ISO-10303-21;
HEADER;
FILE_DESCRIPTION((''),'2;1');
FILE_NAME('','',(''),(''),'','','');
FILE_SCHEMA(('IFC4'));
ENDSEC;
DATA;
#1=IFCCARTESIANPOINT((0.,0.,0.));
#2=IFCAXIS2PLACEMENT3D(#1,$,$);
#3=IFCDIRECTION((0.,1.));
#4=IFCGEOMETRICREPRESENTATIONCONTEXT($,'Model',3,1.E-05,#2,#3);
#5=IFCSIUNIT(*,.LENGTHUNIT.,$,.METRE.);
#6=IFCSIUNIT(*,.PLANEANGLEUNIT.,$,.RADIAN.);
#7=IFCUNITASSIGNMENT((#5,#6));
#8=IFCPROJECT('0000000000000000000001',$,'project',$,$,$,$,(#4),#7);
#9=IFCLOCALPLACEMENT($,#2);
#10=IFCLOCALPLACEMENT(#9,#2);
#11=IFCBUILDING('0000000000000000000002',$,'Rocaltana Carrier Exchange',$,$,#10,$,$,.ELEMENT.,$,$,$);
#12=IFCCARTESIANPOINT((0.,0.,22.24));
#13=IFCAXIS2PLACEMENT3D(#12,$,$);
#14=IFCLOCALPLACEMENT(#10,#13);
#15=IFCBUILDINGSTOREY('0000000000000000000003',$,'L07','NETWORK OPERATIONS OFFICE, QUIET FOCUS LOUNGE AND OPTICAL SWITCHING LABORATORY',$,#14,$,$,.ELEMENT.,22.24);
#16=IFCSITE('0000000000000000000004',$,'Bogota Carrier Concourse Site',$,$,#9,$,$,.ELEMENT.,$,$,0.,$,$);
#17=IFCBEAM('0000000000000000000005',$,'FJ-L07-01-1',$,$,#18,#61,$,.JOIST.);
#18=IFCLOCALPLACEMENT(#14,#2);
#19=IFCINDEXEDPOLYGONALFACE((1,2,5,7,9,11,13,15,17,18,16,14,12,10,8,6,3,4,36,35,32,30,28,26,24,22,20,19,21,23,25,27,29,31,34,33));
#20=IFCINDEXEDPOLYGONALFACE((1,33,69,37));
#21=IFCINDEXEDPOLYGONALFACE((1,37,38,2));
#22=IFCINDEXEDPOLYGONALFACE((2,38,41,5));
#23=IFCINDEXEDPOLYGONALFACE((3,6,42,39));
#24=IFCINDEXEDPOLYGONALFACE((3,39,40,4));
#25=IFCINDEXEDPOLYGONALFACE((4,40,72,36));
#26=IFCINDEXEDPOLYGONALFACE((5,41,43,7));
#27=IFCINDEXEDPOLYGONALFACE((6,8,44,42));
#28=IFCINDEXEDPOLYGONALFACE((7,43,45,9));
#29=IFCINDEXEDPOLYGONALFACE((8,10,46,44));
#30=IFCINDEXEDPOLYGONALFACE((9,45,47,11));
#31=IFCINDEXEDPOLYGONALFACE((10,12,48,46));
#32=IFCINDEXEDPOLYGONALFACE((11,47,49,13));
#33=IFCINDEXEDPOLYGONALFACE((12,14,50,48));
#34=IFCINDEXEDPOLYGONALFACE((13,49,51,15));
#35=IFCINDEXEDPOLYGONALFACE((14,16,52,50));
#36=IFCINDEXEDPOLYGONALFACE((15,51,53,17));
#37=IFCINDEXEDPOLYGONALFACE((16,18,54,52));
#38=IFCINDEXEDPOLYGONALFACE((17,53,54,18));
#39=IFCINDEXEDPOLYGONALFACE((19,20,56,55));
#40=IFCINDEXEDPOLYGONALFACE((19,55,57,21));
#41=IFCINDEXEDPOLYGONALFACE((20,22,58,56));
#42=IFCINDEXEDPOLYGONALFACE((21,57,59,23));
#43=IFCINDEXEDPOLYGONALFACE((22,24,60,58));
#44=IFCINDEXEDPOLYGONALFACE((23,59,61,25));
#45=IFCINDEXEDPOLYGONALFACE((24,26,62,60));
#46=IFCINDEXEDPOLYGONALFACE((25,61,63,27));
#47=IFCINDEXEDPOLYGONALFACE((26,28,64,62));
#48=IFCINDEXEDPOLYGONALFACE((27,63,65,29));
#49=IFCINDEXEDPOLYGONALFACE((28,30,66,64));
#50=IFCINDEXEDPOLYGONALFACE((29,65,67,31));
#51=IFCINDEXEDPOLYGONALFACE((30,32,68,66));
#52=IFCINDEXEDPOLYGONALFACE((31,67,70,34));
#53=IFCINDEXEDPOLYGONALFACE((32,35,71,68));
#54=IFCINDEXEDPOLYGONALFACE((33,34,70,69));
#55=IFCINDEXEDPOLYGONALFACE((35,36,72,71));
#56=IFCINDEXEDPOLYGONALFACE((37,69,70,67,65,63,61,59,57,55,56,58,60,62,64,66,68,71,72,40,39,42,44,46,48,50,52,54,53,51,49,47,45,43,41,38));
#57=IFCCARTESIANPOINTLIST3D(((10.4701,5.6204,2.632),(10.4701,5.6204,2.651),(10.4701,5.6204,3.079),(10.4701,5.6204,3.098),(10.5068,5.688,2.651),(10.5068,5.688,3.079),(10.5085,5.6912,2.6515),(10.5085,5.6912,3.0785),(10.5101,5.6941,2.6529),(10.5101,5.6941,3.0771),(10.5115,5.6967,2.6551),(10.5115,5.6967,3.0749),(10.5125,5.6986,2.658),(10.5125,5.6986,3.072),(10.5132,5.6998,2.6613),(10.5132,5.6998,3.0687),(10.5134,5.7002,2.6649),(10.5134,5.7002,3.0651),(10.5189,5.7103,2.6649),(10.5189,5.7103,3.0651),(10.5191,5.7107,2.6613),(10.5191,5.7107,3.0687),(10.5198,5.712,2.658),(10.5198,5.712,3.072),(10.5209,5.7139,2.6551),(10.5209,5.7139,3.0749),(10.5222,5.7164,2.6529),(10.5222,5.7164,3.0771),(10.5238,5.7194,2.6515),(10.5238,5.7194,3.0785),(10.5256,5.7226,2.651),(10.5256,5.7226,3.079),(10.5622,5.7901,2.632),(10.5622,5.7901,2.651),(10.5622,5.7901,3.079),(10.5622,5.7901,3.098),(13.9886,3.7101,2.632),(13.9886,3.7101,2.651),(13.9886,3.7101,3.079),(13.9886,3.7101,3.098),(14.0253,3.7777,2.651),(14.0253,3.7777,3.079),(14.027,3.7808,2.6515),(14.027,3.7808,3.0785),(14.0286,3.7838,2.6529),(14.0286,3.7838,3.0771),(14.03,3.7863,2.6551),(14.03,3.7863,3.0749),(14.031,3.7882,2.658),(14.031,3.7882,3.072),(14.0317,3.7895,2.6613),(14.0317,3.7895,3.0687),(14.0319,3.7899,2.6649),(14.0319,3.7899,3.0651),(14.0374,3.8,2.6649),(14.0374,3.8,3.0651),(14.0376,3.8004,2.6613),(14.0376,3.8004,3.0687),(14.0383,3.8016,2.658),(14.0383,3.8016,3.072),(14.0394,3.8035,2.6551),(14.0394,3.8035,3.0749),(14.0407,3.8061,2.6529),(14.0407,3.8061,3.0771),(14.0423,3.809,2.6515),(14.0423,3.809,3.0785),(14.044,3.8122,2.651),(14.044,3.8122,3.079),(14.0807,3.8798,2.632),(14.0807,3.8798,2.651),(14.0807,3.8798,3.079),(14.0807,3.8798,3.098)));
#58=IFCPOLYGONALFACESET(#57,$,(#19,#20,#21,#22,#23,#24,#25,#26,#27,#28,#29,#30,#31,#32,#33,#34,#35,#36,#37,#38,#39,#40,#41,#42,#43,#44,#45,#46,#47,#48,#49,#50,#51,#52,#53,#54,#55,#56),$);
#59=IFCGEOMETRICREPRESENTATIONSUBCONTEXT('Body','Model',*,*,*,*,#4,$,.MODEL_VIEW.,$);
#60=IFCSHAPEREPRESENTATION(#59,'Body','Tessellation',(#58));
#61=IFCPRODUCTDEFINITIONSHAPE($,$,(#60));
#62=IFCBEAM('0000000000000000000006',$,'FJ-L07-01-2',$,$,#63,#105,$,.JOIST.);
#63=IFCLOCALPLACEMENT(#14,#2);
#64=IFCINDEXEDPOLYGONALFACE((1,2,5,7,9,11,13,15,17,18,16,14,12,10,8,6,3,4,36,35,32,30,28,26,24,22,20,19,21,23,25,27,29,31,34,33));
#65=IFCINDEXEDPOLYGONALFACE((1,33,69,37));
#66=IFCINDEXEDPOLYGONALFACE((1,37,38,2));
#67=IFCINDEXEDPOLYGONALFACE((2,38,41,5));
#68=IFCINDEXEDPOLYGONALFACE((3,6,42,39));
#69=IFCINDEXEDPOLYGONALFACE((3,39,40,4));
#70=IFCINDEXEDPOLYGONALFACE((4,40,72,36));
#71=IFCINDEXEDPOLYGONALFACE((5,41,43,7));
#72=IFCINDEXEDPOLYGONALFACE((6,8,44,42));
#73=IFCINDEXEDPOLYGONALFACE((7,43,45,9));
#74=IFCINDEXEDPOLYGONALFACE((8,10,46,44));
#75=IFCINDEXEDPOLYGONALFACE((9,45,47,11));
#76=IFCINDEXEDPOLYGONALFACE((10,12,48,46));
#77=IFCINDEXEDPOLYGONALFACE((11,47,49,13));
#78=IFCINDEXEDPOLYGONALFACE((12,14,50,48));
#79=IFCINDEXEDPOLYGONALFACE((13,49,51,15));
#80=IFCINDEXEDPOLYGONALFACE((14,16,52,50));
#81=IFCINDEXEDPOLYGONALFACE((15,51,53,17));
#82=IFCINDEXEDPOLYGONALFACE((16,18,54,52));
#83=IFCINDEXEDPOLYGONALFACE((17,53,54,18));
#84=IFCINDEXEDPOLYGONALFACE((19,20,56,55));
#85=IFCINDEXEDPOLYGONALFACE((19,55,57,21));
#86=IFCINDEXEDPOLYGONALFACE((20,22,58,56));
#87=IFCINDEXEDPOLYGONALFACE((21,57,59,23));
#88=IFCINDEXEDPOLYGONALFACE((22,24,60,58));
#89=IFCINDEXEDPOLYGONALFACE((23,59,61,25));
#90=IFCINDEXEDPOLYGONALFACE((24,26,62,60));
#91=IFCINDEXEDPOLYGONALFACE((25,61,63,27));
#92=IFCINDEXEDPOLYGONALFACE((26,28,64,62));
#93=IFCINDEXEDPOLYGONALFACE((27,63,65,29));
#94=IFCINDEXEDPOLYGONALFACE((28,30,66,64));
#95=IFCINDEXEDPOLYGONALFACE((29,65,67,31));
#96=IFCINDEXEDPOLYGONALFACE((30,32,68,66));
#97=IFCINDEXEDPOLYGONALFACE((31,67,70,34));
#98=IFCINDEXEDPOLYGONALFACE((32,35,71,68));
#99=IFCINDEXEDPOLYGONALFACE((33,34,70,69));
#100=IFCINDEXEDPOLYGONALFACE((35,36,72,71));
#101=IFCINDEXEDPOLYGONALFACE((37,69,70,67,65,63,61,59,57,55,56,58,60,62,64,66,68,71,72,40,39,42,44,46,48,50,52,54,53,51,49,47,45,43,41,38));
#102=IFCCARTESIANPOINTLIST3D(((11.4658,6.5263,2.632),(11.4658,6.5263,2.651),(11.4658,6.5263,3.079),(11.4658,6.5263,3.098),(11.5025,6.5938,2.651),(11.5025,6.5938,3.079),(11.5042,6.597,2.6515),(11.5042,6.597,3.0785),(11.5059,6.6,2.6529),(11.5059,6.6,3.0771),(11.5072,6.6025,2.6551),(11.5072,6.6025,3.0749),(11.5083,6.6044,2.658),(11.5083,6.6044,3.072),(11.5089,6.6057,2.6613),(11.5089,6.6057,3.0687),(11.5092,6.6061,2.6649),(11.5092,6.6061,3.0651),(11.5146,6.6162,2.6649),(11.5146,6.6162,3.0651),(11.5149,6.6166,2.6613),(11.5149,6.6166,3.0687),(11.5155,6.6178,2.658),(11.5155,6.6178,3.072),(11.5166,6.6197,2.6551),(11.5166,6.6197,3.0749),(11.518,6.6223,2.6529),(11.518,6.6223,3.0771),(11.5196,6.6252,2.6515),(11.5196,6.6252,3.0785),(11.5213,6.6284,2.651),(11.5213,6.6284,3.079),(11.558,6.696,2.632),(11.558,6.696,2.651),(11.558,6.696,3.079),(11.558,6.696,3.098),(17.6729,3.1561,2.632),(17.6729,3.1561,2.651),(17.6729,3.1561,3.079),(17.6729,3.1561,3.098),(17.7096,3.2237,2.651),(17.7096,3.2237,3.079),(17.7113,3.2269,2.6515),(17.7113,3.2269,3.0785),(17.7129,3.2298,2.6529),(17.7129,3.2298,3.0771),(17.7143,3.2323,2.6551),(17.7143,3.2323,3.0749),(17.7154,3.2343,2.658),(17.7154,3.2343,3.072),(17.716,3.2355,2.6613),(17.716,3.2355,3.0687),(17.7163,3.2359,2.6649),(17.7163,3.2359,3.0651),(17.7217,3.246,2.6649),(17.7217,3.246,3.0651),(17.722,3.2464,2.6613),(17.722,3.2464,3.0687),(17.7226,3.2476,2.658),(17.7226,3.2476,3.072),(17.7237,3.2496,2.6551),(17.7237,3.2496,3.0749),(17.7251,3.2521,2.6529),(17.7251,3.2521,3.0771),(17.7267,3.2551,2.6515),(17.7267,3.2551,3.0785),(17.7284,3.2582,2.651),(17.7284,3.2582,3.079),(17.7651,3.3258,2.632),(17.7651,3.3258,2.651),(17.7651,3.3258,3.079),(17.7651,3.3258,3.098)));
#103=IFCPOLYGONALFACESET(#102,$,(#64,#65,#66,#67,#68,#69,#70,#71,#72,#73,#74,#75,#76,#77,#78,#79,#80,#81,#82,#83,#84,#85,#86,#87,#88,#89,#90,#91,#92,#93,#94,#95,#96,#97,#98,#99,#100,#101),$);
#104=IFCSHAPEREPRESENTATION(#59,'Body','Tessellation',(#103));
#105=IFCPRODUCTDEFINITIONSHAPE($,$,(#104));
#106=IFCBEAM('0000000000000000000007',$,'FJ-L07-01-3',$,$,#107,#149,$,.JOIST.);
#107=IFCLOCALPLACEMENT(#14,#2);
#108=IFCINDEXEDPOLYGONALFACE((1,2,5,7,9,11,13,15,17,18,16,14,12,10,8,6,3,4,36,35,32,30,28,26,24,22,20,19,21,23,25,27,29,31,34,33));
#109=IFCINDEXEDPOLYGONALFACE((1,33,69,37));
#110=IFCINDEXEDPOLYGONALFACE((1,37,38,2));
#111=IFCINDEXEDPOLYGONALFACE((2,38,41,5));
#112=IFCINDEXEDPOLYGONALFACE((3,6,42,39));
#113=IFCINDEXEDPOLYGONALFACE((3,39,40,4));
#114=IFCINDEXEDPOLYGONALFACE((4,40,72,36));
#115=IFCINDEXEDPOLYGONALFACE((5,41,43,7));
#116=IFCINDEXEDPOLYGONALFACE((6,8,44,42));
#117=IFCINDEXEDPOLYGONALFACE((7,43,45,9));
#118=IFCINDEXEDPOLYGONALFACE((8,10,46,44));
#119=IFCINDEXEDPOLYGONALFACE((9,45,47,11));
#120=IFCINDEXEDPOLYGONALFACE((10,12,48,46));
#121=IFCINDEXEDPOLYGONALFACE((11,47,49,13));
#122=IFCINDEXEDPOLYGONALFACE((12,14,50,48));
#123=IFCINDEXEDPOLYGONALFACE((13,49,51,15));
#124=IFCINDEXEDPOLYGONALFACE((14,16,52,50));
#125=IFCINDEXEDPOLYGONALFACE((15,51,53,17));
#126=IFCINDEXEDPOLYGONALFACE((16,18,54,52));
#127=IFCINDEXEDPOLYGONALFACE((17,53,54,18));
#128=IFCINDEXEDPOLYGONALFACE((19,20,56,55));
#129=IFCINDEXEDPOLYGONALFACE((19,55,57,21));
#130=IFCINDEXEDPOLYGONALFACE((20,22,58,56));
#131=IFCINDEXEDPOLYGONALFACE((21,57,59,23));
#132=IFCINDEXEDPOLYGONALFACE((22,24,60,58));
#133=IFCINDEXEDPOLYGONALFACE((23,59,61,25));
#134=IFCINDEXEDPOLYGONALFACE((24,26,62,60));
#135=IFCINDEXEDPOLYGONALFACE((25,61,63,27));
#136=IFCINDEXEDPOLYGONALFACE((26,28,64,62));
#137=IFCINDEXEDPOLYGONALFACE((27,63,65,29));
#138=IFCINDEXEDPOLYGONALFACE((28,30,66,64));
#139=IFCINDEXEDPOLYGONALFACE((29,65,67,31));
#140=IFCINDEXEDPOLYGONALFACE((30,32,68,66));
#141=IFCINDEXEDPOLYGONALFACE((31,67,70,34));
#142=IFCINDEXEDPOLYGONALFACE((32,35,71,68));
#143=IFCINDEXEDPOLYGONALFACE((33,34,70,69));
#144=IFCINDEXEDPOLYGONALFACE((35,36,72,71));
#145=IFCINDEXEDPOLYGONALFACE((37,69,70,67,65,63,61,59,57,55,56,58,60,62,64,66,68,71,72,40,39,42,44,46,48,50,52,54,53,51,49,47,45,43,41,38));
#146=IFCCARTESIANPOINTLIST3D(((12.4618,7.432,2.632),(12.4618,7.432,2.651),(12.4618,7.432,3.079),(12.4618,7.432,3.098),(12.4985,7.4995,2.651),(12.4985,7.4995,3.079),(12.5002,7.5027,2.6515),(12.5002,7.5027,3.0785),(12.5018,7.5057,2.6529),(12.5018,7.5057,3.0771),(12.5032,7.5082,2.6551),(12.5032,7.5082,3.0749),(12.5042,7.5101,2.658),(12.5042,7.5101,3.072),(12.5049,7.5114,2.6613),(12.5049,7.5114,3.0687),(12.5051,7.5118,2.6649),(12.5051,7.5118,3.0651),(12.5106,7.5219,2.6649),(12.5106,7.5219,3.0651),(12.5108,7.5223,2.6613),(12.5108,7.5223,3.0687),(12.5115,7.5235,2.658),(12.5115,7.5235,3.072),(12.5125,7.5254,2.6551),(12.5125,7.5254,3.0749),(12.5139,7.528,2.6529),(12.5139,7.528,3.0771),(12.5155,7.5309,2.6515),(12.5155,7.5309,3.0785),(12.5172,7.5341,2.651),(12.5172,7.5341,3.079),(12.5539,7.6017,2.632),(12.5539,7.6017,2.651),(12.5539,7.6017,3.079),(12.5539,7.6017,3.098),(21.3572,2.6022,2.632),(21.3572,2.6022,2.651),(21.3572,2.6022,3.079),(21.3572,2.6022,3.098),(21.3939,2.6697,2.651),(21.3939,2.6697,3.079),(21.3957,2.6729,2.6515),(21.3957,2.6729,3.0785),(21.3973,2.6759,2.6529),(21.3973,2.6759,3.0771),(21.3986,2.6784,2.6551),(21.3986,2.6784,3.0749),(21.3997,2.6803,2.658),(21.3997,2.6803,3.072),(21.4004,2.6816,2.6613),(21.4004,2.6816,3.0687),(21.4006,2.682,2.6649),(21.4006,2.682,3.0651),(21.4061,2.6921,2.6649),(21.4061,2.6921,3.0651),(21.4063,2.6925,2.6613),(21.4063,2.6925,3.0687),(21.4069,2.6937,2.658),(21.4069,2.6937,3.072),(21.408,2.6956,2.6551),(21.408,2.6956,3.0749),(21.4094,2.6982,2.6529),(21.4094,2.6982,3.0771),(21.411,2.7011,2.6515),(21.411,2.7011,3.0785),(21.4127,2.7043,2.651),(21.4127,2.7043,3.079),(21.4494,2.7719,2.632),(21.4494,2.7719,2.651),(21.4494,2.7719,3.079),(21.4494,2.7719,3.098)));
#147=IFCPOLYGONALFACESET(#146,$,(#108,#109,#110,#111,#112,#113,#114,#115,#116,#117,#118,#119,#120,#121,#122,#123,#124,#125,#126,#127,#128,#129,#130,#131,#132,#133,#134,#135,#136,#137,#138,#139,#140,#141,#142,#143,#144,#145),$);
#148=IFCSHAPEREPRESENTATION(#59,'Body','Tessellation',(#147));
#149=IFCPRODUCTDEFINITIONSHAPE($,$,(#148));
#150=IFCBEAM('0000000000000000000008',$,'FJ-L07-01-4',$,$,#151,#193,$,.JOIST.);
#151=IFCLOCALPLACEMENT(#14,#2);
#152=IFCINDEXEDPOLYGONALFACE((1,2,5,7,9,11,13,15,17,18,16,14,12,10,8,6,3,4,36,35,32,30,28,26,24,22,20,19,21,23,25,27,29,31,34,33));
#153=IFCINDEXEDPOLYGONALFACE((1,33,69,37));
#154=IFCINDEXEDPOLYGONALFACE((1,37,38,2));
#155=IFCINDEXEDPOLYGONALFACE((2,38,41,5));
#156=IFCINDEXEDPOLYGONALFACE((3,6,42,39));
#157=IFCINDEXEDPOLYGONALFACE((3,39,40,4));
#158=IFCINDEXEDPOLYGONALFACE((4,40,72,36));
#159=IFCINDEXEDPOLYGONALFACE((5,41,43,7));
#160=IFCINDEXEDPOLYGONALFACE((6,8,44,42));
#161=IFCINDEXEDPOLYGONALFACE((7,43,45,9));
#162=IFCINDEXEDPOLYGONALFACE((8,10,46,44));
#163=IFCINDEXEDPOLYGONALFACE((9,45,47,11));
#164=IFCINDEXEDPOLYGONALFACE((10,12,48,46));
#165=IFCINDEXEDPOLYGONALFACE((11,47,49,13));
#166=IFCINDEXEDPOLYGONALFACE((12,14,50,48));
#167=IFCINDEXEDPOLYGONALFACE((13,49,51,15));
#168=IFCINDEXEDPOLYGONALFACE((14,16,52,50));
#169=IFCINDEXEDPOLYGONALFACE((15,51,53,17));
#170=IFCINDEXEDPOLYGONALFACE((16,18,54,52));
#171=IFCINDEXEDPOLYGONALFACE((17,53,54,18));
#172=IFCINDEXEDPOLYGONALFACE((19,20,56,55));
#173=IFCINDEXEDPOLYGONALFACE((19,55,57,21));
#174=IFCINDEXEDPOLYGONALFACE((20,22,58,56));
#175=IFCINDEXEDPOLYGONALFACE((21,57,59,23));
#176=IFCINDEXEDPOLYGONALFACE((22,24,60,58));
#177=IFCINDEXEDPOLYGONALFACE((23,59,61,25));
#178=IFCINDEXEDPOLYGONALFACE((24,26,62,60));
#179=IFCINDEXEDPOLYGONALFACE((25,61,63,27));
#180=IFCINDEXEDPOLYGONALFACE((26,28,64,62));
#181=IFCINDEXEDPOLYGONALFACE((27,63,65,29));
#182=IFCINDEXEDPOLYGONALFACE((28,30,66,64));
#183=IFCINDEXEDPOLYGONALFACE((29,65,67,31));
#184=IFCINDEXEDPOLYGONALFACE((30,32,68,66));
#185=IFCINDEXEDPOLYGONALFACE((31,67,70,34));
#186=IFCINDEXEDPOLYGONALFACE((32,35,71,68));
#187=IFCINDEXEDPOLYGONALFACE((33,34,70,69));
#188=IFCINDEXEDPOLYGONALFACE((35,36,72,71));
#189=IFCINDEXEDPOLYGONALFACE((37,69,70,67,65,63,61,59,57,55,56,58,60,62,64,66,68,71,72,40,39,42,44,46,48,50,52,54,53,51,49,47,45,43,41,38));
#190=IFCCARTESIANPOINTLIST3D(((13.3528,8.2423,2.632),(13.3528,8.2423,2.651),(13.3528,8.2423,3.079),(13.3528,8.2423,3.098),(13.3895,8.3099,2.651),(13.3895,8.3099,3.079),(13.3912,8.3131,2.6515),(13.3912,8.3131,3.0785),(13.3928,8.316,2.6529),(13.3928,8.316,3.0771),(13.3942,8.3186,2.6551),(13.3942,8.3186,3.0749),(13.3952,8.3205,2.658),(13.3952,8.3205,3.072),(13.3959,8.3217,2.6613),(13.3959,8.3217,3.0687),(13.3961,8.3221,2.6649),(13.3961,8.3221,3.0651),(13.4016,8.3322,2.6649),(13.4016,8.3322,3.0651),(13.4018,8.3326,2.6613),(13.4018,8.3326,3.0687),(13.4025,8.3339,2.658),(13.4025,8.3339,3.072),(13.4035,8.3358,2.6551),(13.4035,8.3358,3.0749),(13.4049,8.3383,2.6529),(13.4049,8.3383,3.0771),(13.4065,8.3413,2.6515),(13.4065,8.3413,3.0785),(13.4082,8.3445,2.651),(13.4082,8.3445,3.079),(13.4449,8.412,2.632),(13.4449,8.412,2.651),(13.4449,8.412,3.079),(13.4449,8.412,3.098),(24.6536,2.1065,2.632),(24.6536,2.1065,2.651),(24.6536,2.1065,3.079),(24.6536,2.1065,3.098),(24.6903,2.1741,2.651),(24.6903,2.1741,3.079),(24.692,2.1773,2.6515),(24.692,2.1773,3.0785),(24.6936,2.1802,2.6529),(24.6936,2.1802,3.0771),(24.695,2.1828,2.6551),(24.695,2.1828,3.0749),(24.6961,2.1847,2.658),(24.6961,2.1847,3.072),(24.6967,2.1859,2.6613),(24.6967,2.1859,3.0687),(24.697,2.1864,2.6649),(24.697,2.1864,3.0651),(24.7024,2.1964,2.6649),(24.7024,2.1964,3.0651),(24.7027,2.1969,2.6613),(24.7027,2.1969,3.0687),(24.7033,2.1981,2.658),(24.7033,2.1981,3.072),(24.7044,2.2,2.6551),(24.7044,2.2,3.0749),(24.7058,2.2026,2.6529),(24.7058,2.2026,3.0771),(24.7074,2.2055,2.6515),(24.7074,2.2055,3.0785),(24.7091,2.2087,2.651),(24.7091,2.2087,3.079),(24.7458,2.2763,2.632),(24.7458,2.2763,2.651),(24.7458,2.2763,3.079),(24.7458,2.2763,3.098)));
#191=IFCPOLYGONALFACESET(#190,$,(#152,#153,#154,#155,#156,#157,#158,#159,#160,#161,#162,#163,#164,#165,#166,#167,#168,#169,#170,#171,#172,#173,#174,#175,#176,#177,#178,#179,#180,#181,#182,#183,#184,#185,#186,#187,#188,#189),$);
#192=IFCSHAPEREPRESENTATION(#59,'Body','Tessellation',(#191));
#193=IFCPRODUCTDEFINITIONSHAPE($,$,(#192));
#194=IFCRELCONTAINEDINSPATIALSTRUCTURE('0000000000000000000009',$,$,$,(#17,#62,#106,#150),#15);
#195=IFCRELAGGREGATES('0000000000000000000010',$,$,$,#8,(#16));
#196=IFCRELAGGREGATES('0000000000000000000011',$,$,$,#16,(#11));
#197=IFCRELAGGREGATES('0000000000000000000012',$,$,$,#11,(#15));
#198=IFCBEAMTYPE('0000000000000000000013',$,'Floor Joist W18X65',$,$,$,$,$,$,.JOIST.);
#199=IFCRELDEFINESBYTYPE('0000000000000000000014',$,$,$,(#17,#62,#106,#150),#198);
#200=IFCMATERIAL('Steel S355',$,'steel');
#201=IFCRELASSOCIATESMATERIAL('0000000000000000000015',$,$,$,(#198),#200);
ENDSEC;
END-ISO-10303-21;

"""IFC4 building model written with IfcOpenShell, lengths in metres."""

from ifc_helpers import new_model, si_unit, direction, frame, origin, origin_2d, place, context, subcontext, project, spatial, i_section, extrude, material, material_profile, profile_set, type_object, element, save


model = new_model("IFC4")

# Units and contexts
model_context = context("Model", 3, precision=1e-05, world=origin(), true_north=direction((0.0, 1.0)))
body_context = subcontext(model_context, "Body", "Model", "MODEL_VIEW")
ifc_project = project(units=[si_unit("LENGTHUNIT", "METRE"), si_unit("PLANEANGLEUNIT", "RADIAN")], contexts=[model_context])

# Site, building, storey
site_placement = place(None, origin())
site = spatial("IfcSite", under=ifc_project, at=site_placement, Name="Bogota Carrier Concourse Site", CompositionType="ELEMENT", RefElevation=0.0)
building_placement = place(site_placement, origin())
building = spatial("IfcBuilding", under=site, at=building_placement, Name="Rocaltana Carrier Exchange", CompositionType="ELEMENT")
storey_placement = place(building_placement, frame((0.0, 0.0, 22.24)))
storey = spatial("IfcBuildingStorey", under=building, at=storey_placement, Name="L07", Description="NETWORK OPERATIONS OFFICE, QUIET FOCUS LOUNGE AND OPTICAL SWITCHING LABORATORY", CompositionType="ELEMENT", Elevation=22.24)

# Beams
ifc_material_1 = material(Name="Steel S355", Category="steel")
ifc_material_profile_1 = material_profile(ifc_material_1, i_section(OverallWidth=0.1931, OverallDepth=0.4661, WebThickness=0.0115, FlangeThickness=0.019, FilletRadius=0.0139, at=origin_2d()), Name="W18X65")
ifc_profile_set_1 = profile_set([ifc_material_profile_1], Name="Steel S355")
beam_type_1 = type_object("IfcBeamType", Name="Floor Joist W18X65", PredefinedType="JOIST", material=ifc_profile_set_1)
beam_1_placement = place(storey_placement, frame((14.0347, 3.7949, 2.865), z_axis=(-0.878819, 0.477155, 0.0), x_axis=(-0.477155, -0.878819, 0.0)))
element("IfcBeam", 1, at=beam_1_placement, inside=storey, type_object=beam_type_1, Name="FJ-L07-01-1", PredefinedType="JOIST", context=body_context, shape_type="SweptSolid", body=[
    extrude(i_section(OverallWidth=0.1931, OverallDepth=0.4661, WebThickness=0.0115, FlangeThickness=0.019, FilletRadius=0.0139, at=origin_2d()), origin(), (0.0, 0.0, 1.0), 4.0037),
])
beam_2_placement = place(storey_placement, frame((17.719, 3.241, 2.865), z_axis=(-0.878819, 0.477156, 0.0), x_axis=(-0.477156, -0.878819, 0.0)))
element("IfcBeam", 2, at=beam_2_placement, inside=storey, type_object=beam_type_1, Name="FJ-L07-01-2", PredefinedType="JOIST", context=body_context, shape_type="SweptSolid", body=[
    extrude(i_section(OverallWidth=0.1931, OverallDepth=0.4661, WebThickness=0.0115, FlangeThickness=0.019, FilletRadius=0.0139, at=origin_2d()), origin(), (0.0, 0.0, 1.0), 7.063),
])
beam_3_placement = place(storey_placement, frame((21.4033, 2.687, 2.865), z_axis=(-0.878818, 0.477156, 0.0), x_axis=(-0.477156, -0.878818, 0.0)))
element("IfcBeam", 3, at=beam_3_placement, inside=storey, type_object=beam_type_1, Name="FJ-L07-01-3", PredefinedType="JOIST", context=body_context, shape_type="SweptSolid", body=[
    extrude(i_section(OverallWidth=0.1931, OverallDepth=0.4661, WebThickness=0.0115, FlangeThickness=0.019, FilletRadius=0.0139, at=origin_2d()), origin(), (0.0, 0.0, 1.0), 10.1221),
])
beam_4_placement = place(storey_placement, frame((24.6997, 2.1914, 2.865), z_axis=(-0.87882, 0.477154, 0.0), x_axis=(-0.477154, -0.87882, 0.0)))
element("IfcBeam", 4, at=beam_4_placement, inside=storey, type_object=beam_type_1, Name="FJ-L07-01-4", PredefinedType="JOIST", context=body_context, shape_type="SweptSolid", body=[
    extrude(i_section(OverallWidth=0.1931, OverallDepth=0.4661, WebThickness=0.0115, FlangeThickness=0.019, FilletRadius=0.0139, at=origin_2d()), origin(), (0.0, 0.0, 1.0), 12.8591),
])

save(model, "model.ifc")
